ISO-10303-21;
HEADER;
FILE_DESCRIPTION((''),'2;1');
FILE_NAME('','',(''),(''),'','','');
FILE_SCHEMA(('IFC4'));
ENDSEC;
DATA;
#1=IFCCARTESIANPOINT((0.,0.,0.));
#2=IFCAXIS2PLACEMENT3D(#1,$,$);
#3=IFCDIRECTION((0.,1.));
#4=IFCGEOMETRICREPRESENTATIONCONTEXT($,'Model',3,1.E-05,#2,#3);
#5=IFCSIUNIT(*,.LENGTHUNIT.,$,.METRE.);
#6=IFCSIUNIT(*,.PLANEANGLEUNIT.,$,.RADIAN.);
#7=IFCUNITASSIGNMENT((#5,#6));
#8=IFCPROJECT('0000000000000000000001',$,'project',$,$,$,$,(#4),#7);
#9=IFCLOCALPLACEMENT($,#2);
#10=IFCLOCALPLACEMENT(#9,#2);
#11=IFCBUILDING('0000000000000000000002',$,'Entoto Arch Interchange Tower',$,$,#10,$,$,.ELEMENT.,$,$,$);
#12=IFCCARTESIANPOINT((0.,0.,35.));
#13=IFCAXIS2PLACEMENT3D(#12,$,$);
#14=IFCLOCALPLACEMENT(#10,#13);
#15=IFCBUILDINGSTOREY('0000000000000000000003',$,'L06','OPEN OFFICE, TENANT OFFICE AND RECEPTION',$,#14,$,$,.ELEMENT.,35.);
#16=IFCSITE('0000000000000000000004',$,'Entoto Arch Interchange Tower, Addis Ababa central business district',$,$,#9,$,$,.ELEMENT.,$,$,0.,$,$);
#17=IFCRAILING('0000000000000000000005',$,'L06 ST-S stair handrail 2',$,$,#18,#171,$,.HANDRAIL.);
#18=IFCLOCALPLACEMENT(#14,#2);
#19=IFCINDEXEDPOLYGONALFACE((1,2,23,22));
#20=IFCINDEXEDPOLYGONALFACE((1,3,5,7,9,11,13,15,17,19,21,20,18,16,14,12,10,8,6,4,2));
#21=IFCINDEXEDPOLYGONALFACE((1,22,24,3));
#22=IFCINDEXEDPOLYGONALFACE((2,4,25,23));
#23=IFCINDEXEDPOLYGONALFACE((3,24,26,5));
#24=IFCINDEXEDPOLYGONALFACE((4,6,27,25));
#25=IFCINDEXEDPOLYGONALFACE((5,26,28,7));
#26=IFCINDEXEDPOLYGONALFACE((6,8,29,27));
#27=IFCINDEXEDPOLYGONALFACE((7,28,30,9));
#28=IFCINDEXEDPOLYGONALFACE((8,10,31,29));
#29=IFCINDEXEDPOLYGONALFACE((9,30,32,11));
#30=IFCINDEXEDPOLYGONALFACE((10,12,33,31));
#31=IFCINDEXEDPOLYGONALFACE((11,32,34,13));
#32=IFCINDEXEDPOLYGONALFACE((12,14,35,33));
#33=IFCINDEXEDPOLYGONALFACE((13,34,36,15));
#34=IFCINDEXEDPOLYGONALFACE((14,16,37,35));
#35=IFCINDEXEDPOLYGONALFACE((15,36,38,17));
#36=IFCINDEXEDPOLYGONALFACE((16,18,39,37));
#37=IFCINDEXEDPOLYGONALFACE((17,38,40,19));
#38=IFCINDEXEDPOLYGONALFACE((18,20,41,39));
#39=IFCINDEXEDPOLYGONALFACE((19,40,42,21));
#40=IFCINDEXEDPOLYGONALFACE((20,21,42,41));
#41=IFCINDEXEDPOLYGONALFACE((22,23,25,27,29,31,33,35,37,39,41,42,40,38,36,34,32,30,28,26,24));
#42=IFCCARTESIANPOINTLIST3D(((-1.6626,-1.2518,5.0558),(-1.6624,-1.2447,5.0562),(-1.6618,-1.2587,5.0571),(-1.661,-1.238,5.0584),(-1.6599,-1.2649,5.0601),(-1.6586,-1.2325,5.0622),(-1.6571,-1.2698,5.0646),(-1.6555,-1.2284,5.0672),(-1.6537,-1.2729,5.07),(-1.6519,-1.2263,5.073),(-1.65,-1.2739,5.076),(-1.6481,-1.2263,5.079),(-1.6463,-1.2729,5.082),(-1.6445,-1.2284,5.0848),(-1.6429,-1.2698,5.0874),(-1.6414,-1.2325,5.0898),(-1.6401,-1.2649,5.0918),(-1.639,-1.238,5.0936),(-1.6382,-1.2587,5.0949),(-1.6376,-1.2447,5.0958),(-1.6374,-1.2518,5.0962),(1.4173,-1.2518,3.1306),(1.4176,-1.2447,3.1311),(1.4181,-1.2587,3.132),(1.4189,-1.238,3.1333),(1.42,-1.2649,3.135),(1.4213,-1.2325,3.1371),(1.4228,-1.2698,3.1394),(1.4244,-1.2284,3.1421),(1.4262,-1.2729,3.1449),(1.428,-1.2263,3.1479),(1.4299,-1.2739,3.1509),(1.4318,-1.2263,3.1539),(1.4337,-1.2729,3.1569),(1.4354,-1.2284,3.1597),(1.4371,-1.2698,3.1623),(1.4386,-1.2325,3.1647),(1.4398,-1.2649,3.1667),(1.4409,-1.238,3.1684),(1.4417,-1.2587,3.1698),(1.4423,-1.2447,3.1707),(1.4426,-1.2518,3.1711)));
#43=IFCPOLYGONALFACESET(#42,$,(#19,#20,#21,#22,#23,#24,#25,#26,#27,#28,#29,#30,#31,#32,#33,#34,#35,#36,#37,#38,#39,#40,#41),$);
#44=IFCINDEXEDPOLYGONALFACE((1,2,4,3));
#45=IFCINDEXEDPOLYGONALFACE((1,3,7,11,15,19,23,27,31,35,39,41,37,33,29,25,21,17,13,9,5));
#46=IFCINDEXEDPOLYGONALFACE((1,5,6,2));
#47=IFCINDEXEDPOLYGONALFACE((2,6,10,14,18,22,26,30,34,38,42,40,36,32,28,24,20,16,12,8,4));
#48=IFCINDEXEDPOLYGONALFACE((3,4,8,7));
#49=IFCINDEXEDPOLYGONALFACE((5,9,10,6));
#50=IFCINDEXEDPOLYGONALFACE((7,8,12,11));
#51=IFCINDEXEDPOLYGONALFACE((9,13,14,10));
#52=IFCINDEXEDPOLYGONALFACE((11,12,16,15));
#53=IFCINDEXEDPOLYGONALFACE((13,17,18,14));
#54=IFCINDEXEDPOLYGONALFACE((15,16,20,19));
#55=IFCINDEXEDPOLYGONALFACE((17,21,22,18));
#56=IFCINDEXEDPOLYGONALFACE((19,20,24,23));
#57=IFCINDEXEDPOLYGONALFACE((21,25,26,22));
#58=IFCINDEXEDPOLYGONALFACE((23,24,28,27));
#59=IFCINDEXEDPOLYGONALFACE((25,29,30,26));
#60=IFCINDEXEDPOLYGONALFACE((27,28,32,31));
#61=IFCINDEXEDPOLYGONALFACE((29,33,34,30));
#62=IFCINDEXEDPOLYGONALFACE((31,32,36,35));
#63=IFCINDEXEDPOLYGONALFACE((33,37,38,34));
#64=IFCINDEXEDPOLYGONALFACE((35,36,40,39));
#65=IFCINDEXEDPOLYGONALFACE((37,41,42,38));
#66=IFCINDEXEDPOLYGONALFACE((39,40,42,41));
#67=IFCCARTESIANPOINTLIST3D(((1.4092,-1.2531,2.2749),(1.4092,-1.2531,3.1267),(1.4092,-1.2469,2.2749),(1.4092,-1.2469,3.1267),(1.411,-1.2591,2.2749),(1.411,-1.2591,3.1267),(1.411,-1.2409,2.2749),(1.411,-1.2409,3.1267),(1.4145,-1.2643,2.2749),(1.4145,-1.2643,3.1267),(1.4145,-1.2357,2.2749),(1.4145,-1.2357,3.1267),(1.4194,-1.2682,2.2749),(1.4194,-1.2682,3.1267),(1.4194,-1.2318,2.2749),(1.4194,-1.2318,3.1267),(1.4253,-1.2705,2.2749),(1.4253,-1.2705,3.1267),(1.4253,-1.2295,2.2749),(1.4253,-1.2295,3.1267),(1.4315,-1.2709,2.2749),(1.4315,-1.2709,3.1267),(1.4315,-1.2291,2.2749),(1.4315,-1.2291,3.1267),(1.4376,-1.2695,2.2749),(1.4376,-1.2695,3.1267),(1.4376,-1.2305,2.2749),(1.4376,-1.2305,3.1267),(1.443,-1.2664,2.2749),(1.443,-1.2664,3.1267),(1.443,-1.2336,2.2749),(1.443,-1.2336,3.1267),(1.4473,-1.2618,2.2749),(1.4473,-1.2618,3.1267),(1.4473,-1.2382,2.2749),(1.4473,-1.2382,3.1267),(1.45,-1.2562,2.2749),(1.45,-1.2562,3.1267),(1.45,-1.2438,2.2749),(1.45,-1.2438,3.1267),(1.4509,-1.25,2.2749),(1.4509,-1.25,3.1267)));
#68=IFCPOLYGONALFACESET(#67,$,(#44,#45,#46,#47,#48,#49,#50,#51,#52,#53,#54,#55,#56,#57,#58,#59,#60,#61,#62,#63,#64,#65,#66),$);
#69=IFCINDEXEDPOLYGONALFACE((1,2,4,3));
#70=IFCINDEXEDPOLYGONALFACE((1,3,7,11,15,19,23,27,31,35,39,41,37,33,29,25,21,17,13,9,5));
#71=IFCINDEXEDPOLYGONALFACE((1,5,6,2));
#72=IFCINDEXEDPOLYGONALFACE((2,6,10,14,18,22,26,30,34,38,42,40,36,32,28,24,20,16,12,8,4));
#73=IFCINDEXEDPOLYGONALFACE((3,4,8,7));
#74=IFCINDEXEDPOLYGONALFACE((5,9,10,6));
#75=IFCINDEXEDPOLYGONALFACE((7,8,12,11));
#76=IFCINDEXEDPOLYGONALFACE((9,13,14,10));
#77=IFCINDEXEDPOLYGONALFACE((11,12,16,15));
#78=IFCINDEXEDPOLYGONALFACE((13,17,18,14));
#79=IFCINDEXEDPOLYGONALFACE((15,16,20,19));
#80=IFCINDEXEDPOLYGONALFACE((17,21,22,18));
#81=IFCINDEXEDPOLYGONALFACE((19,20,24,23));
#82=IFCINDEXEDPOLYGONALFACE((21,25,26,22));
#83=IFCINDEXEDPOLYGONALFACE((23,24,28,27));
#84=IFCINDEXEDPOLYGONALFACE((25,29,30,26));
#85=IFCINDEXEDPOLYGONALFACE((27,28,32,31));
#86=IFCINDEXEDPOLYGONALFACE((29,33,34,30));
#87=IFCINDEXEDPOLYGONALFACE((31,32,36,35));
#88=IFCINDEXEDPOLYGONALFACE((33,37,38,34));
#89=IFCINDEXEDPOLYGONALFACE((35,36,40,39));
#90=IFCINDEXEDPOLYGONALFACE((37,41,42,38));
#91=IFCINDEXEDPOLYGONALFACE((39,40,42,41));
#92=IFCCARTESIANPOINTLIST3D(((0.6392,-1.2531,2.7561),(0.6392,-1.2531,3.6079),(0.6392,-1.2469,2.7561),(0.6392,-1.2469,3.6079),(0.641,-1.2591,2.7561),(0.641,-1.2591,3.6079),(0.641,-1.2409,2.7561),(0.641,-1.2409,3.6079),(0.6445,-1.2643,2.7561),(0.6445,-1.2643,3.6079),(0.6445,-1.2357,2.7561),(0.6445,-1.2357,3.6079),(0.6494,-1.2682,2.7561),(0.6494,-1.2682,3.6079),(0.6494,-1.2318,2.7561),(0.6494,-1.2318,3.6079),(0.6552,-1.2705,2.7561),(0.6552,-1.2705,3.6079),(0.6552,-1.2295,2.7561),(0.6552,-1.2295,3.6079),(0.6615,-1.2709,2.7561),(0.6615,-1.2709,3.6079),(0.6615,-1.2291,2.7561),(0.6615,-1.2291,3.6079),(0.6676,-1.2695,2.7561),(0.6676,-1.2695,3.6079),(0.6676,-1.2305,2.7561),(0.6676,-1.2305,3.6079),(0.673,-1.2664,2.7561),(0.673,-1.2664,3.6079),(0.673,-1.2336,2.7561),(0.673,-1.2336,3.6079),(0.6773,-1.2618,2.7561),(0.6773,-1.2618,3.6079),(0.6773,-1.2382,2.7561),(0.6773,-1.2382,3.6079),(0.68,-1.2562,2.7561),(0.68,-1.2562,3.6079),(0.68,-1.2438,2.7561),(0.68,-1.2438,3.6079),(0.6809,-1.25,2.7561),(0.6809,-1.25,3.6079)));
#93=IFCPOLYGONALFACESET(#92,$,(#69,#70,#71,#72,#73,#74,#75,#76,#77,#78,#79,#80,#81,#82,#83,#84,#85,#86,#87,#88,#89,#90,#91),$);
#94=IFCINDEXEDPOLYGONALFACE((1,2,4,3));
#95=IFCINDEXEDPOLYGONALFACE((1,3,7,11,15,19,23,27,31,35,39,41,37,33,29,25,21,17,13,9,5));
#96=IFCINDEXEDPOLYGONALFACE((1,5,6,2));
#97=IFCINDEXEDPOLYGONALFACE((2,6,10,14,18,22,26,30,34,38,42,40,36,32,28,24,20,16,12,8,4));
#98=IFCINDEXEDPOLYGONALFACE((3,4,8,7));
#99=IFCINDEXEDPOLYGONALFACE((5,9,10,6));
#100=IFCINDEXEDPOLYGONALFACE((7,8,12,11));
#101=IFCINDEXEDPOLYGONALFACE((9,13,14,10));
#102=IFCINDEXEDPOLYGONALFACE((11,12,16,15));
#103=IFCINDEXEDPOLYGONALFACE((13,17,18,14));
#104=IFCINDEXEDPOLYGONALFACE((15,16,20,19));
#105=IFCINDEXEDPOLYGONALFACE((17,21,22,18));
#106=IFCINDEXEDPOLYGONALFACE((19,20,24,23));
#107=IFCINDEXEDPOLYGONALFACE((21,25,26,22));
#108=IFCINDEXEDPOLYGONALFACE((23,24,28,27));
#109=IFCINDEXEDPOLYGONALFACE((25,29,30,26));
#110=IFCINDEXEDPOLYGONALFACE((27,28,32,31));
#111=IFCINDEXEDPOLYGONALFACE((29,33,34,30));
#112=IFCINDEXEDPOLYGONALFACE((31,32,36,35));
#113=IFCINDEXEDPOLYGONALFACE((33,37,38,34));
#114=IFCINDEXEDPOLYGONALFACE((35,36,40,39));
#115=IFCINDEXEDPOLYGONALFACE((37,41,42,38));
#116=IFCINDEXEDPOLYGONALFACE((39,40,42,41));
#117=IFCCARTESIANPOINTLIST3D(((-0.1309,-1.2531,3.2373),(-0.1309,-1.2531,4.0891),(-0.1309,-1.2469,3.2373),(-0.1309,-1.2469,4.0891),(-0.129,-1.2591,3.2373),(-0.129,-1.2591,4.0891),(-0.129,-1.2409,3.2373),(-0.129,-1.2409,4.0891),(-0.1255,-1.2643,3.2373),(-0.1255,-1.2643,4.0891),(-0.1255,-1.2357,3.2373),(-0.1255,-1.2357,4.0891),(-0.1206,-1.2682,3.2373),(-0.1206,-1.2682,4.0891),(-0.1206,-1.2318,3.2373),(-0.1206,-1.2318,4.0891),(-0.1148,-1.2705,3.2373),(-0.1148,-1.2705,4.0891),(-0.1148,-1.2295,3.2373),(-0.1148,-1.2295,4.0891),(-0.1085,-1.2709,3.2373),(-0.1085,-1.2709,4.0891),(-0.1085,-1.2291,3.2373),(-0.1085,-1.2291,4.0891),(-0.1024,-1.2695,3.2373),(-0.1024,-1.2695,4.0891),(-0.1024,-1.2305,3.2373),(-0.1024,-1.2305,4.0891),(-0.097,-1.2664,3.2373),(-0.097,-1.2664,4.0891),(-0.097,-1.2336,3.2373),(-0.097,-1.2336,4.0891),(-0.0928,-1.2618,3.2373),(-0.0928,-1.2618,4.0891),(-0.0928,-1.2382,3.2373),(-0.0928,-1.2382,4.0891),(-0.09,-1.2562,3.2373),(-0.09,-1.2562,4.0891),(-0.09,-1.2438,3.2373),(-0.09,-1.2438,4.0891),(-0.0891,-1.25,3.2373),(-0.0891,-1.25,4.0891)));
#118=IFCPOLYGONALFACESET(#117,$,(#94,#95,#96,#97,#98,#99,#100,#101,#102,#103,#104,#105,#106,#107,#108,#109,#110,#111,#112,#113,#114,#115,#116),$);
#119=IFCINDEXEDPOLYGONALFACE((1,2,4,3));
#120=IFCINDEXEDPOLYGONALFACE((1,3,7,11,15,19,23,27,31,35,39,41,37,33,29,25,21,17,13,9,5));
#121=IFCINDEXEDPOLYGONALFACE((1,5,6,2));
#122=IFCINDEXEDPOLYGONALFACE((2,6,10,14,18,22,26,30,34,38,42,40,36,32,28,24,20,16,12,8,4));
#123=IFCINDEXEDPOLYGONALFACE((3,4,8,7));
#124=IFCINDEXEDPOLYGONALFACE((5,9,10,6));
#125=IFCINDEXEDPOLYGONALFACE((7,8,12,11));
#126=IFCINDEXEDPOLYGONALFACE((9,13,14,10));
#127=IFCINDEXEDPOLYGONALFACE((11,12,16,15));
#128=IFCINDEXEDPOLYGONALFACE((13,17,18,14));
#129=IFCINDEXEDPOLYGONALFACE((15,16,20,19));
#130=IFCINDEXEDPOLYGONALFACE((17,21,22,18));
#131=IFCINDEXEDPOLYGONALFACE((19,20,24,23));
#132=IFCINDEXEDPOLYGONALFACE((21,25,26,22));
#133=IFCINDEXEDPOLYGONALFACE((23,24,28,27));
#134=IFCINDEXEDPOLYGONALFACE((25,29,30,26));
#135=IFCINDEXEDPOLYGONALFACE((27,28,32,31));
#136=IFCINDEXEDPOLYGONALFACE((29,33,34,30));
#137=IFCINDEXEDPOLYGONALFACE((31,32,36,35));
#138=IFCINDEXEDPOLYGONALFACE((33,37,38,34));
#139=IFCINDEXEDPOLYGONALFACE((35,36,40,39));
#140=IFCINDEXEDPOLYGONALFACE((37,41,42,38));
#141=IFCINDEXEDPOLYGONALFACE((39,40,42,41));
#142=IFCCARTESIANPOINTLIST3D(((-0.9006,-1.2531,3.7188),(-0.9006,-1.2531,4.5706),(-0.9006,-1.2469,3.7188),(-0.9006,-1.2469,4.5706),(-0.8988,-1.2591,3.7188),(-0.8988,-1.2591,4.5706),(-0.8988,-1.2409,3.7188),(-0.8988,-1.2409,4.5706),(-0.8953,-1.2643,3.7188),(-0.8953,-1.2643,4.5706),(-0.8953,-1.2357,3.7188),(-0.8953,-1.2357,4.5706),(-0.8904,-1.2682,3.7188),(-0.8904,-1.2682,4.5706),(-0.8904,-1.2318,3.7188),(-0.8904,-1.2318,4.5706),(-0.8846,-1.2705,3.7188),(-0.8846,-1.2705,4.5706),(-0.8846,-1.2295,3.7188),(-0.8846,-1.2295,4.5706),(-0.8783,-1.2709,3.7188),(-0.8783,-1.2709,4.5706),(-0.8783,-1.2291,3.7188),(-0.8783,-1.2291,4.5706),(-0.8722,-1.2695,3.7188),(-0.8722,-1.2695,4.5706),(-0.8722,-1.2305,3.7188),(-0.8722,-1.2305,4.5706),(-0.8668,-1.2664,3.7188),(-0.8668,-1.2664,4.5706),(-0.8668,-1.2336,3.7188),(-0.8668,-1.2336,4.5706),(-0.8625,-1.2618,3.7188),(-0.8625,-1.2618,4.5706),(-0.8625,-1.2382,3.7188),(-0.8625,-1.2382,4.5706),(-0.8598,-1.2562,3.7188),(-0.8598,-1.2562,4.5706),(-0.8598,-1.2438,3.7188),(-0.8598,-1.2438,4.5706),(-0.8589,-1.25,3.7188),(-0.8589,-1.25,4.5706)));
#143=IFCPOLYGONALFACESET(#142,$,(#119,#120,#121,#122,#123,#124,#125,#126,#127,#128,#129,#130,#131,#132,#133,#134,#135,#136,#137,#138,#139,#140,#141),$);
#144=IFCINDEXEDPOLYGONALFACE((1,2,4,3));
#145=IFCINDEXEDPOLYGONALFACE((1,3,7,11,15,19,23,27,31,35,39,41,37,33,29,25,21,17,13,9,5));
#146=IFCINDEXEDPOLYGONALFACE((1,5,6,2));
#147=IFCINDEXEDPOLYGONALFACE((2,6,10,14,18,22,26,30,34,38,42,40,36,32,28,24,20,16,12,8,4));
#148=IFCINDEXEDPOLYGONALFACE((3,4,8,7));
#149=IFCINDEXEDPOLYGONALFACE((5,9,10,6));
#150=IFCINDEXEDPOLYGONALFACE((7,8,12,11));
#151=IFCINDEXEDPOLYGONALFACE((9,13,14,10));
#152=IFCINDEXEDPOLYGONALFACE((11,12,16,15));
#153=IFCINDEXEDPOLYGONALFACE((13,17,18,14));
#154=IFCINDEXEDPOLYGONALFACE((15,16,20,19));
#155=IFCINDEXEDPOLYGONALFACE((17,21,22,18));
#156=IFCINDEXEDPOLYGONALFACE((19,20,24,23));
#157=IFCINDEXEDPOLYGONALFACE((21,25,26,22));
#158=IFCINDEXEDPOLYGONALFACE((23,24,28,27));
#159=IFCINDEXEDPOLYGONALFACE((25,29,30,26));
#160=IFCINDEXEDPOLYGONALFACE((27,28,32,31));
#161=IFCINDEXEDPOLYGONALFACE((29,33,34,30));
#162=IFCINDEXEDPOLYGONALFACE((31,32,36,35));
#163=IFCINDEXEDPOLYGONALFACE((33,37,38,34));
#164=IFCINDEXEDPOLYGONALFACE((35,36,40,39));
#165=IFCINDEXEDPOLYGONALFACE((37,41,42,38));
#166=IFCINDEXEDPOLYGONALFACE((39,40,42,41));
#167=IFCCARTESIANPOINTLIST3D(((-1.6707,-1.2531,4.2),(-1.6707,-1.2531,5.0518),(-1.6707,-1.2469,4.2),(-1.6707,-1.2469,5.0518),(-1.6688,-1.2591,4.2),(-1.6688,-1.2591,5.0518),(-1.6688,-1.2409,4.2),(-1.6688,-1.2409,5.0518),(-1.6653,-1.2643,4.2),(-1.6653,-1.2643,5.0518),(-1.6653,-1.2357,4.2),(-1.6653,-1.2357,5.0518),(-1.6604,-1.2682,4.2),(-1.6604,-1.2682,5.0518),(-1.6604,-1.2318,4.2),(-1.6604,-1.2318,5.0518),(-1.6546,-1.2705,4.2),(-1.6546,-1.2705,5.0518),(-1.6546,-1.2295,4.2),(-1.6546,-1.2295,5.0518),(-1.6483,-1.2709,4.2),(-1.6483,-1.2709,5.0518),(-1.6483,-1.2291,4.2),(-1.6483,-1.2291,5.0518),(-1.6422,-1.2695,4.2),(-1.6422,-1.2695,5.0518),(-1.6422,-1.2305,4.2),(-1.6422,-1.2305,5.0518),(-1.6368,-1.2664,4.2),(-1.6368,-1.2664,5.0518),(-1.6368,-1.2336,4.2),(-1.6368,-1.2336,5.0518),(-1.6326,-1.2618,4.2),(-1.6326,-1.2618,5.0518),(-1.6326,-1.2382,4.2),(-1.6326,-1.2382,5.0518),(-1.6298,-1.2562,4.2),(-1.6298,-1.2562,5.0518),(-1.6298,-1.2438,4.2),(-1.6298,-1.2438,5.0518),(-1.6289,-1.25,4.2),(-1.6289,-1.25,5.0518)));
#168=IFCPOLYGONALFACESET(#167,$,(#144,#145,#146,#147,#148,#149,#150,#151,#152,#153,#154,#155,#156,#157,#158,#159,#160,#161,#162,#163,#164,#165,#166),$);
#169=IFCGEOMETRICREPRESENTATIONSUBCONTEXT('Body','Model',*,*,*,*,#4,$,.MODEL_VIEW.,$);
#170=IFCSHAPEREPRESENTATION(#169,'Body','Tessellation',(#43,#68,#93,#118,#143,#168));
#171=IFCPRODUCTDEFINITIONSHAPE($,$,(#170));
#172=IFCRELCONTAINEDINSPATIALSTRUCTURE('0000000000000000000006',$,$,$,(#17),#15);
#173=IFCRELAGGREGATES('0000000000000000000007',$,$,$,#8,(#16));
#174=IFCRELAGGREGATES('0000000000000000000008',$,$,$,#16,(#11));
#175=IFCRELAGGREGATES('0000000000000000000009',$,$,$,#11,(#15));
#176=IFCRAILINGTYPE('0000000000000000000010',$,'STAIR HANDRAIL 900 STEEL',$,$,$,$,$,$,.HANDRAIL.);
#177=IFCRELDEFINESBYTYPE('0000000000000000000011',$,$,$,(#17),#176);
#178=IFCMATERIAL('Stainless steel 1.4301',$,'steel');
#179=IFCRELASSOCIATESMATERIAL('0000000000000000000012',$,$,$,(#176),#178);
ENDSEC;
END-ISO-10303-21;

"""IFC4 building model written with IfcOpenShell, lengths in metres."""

from ifc_helpers import new_model, si_unit, direction, frame, origin, origin_2d, place, context, subcontext, project, spatial, circle, extrude, material, type_object, element, save


model = new_model("IFC4")

# Units and contexts
model_context = context("Model", 3, precision=1e-05, world=origin(), true_north=direction((0.0, 1.0)))
body_context = subcontext(model_context, "Body", "Model", "MODEL_VIEW")
ifc_project = project(units=[si_unit("LENGTHUNIT", "METRE"), si_unit("PLANEANGLEUNIT", "RADIAN")], contexts=[model_context])

# Site, building, storey
site_placement = place(None, origin())
site = spatial("IfcSite", under=ifc_project, at=site_placement, Name="Entoto Arch Interchange Tower, Addis Ababa central business district", CompositionType="ELEMENT", RefElevation=0.0)
building_placement = place(site_placement, origin())
building = spatial("IfcBuilding", under=site, at=building_placement, Name="Entoto Arch Interchange Tower", CompositionType="ELEMENT")
storey_placement = place(building_placement, frame((0.0, 0.0, 35.0)))
storey = spatial("IfcBuildingStorey", under=building, at=storey_placement, Name="L06", Description="OPEN OFFICE, TENANT OFFICE AND RECEPTION", CompositionType="ELEMENT", Elevation=35.0)

# Railing
ifc_material_1 = material(Name="Stainless steel 1.4301", Category="steel")
railing_type_1 = type_object("IfcRailingType", Name="STAIR HANDRAIL 900 STEEL", PredefinedType="HANDRAIL", material=ifc_material_1)
railing_1_placement = place(storey_placement, frame((1.4299, -1.25, 2.2749)))
element("IfcRailing", 1, at=railing_1_placement, inside=storey, type_object=railing_type_1, Name="L06 ST-S stair handrail 2", PredefinedType="HANDRAIL", context=body_context, shape_type="SweptSolid", body=[
    extrude(circle(Radius=0.0239, at=origin_2d()), frame((0.0, 0.0, 0.876), z_axis=(-0.847979, 0.0, 0.530029), x_axis=(0.0, -1.0, 0.0)), (0.0, 0.0, 1.0), 3.6321),
    extrude(circle(Radius=0.021, at=origin_2d()), origin(), (0.0, 0.0, 1.0), 0.8518),
    extrude(circle(Radius=0.021, at=origin_2d()), frame((-0.77, 0.0, 0.4812)), (0.0, 0.0, 1.0), 0.8518),
    extrude(circle(Radius=0.021, at=origin_2d()), frame((-1.54, 0.0, 0.9624)), (0.0, 0.0, 1.0), 0.8518),
    extrude(circle(Radius=0.021, at=origin_2d()), frame((-2.3098, 0.0, 1.4438)), (0.0, 0.0, 1.0), 0.8518),
    extrude(circle(Radius=0.021, at=origin_2d()), frame((-3.0798, 0.0, 1.925)), (0.0, 0.0, 1.0), 0.8518),
])

save(model, "model.ifc")
